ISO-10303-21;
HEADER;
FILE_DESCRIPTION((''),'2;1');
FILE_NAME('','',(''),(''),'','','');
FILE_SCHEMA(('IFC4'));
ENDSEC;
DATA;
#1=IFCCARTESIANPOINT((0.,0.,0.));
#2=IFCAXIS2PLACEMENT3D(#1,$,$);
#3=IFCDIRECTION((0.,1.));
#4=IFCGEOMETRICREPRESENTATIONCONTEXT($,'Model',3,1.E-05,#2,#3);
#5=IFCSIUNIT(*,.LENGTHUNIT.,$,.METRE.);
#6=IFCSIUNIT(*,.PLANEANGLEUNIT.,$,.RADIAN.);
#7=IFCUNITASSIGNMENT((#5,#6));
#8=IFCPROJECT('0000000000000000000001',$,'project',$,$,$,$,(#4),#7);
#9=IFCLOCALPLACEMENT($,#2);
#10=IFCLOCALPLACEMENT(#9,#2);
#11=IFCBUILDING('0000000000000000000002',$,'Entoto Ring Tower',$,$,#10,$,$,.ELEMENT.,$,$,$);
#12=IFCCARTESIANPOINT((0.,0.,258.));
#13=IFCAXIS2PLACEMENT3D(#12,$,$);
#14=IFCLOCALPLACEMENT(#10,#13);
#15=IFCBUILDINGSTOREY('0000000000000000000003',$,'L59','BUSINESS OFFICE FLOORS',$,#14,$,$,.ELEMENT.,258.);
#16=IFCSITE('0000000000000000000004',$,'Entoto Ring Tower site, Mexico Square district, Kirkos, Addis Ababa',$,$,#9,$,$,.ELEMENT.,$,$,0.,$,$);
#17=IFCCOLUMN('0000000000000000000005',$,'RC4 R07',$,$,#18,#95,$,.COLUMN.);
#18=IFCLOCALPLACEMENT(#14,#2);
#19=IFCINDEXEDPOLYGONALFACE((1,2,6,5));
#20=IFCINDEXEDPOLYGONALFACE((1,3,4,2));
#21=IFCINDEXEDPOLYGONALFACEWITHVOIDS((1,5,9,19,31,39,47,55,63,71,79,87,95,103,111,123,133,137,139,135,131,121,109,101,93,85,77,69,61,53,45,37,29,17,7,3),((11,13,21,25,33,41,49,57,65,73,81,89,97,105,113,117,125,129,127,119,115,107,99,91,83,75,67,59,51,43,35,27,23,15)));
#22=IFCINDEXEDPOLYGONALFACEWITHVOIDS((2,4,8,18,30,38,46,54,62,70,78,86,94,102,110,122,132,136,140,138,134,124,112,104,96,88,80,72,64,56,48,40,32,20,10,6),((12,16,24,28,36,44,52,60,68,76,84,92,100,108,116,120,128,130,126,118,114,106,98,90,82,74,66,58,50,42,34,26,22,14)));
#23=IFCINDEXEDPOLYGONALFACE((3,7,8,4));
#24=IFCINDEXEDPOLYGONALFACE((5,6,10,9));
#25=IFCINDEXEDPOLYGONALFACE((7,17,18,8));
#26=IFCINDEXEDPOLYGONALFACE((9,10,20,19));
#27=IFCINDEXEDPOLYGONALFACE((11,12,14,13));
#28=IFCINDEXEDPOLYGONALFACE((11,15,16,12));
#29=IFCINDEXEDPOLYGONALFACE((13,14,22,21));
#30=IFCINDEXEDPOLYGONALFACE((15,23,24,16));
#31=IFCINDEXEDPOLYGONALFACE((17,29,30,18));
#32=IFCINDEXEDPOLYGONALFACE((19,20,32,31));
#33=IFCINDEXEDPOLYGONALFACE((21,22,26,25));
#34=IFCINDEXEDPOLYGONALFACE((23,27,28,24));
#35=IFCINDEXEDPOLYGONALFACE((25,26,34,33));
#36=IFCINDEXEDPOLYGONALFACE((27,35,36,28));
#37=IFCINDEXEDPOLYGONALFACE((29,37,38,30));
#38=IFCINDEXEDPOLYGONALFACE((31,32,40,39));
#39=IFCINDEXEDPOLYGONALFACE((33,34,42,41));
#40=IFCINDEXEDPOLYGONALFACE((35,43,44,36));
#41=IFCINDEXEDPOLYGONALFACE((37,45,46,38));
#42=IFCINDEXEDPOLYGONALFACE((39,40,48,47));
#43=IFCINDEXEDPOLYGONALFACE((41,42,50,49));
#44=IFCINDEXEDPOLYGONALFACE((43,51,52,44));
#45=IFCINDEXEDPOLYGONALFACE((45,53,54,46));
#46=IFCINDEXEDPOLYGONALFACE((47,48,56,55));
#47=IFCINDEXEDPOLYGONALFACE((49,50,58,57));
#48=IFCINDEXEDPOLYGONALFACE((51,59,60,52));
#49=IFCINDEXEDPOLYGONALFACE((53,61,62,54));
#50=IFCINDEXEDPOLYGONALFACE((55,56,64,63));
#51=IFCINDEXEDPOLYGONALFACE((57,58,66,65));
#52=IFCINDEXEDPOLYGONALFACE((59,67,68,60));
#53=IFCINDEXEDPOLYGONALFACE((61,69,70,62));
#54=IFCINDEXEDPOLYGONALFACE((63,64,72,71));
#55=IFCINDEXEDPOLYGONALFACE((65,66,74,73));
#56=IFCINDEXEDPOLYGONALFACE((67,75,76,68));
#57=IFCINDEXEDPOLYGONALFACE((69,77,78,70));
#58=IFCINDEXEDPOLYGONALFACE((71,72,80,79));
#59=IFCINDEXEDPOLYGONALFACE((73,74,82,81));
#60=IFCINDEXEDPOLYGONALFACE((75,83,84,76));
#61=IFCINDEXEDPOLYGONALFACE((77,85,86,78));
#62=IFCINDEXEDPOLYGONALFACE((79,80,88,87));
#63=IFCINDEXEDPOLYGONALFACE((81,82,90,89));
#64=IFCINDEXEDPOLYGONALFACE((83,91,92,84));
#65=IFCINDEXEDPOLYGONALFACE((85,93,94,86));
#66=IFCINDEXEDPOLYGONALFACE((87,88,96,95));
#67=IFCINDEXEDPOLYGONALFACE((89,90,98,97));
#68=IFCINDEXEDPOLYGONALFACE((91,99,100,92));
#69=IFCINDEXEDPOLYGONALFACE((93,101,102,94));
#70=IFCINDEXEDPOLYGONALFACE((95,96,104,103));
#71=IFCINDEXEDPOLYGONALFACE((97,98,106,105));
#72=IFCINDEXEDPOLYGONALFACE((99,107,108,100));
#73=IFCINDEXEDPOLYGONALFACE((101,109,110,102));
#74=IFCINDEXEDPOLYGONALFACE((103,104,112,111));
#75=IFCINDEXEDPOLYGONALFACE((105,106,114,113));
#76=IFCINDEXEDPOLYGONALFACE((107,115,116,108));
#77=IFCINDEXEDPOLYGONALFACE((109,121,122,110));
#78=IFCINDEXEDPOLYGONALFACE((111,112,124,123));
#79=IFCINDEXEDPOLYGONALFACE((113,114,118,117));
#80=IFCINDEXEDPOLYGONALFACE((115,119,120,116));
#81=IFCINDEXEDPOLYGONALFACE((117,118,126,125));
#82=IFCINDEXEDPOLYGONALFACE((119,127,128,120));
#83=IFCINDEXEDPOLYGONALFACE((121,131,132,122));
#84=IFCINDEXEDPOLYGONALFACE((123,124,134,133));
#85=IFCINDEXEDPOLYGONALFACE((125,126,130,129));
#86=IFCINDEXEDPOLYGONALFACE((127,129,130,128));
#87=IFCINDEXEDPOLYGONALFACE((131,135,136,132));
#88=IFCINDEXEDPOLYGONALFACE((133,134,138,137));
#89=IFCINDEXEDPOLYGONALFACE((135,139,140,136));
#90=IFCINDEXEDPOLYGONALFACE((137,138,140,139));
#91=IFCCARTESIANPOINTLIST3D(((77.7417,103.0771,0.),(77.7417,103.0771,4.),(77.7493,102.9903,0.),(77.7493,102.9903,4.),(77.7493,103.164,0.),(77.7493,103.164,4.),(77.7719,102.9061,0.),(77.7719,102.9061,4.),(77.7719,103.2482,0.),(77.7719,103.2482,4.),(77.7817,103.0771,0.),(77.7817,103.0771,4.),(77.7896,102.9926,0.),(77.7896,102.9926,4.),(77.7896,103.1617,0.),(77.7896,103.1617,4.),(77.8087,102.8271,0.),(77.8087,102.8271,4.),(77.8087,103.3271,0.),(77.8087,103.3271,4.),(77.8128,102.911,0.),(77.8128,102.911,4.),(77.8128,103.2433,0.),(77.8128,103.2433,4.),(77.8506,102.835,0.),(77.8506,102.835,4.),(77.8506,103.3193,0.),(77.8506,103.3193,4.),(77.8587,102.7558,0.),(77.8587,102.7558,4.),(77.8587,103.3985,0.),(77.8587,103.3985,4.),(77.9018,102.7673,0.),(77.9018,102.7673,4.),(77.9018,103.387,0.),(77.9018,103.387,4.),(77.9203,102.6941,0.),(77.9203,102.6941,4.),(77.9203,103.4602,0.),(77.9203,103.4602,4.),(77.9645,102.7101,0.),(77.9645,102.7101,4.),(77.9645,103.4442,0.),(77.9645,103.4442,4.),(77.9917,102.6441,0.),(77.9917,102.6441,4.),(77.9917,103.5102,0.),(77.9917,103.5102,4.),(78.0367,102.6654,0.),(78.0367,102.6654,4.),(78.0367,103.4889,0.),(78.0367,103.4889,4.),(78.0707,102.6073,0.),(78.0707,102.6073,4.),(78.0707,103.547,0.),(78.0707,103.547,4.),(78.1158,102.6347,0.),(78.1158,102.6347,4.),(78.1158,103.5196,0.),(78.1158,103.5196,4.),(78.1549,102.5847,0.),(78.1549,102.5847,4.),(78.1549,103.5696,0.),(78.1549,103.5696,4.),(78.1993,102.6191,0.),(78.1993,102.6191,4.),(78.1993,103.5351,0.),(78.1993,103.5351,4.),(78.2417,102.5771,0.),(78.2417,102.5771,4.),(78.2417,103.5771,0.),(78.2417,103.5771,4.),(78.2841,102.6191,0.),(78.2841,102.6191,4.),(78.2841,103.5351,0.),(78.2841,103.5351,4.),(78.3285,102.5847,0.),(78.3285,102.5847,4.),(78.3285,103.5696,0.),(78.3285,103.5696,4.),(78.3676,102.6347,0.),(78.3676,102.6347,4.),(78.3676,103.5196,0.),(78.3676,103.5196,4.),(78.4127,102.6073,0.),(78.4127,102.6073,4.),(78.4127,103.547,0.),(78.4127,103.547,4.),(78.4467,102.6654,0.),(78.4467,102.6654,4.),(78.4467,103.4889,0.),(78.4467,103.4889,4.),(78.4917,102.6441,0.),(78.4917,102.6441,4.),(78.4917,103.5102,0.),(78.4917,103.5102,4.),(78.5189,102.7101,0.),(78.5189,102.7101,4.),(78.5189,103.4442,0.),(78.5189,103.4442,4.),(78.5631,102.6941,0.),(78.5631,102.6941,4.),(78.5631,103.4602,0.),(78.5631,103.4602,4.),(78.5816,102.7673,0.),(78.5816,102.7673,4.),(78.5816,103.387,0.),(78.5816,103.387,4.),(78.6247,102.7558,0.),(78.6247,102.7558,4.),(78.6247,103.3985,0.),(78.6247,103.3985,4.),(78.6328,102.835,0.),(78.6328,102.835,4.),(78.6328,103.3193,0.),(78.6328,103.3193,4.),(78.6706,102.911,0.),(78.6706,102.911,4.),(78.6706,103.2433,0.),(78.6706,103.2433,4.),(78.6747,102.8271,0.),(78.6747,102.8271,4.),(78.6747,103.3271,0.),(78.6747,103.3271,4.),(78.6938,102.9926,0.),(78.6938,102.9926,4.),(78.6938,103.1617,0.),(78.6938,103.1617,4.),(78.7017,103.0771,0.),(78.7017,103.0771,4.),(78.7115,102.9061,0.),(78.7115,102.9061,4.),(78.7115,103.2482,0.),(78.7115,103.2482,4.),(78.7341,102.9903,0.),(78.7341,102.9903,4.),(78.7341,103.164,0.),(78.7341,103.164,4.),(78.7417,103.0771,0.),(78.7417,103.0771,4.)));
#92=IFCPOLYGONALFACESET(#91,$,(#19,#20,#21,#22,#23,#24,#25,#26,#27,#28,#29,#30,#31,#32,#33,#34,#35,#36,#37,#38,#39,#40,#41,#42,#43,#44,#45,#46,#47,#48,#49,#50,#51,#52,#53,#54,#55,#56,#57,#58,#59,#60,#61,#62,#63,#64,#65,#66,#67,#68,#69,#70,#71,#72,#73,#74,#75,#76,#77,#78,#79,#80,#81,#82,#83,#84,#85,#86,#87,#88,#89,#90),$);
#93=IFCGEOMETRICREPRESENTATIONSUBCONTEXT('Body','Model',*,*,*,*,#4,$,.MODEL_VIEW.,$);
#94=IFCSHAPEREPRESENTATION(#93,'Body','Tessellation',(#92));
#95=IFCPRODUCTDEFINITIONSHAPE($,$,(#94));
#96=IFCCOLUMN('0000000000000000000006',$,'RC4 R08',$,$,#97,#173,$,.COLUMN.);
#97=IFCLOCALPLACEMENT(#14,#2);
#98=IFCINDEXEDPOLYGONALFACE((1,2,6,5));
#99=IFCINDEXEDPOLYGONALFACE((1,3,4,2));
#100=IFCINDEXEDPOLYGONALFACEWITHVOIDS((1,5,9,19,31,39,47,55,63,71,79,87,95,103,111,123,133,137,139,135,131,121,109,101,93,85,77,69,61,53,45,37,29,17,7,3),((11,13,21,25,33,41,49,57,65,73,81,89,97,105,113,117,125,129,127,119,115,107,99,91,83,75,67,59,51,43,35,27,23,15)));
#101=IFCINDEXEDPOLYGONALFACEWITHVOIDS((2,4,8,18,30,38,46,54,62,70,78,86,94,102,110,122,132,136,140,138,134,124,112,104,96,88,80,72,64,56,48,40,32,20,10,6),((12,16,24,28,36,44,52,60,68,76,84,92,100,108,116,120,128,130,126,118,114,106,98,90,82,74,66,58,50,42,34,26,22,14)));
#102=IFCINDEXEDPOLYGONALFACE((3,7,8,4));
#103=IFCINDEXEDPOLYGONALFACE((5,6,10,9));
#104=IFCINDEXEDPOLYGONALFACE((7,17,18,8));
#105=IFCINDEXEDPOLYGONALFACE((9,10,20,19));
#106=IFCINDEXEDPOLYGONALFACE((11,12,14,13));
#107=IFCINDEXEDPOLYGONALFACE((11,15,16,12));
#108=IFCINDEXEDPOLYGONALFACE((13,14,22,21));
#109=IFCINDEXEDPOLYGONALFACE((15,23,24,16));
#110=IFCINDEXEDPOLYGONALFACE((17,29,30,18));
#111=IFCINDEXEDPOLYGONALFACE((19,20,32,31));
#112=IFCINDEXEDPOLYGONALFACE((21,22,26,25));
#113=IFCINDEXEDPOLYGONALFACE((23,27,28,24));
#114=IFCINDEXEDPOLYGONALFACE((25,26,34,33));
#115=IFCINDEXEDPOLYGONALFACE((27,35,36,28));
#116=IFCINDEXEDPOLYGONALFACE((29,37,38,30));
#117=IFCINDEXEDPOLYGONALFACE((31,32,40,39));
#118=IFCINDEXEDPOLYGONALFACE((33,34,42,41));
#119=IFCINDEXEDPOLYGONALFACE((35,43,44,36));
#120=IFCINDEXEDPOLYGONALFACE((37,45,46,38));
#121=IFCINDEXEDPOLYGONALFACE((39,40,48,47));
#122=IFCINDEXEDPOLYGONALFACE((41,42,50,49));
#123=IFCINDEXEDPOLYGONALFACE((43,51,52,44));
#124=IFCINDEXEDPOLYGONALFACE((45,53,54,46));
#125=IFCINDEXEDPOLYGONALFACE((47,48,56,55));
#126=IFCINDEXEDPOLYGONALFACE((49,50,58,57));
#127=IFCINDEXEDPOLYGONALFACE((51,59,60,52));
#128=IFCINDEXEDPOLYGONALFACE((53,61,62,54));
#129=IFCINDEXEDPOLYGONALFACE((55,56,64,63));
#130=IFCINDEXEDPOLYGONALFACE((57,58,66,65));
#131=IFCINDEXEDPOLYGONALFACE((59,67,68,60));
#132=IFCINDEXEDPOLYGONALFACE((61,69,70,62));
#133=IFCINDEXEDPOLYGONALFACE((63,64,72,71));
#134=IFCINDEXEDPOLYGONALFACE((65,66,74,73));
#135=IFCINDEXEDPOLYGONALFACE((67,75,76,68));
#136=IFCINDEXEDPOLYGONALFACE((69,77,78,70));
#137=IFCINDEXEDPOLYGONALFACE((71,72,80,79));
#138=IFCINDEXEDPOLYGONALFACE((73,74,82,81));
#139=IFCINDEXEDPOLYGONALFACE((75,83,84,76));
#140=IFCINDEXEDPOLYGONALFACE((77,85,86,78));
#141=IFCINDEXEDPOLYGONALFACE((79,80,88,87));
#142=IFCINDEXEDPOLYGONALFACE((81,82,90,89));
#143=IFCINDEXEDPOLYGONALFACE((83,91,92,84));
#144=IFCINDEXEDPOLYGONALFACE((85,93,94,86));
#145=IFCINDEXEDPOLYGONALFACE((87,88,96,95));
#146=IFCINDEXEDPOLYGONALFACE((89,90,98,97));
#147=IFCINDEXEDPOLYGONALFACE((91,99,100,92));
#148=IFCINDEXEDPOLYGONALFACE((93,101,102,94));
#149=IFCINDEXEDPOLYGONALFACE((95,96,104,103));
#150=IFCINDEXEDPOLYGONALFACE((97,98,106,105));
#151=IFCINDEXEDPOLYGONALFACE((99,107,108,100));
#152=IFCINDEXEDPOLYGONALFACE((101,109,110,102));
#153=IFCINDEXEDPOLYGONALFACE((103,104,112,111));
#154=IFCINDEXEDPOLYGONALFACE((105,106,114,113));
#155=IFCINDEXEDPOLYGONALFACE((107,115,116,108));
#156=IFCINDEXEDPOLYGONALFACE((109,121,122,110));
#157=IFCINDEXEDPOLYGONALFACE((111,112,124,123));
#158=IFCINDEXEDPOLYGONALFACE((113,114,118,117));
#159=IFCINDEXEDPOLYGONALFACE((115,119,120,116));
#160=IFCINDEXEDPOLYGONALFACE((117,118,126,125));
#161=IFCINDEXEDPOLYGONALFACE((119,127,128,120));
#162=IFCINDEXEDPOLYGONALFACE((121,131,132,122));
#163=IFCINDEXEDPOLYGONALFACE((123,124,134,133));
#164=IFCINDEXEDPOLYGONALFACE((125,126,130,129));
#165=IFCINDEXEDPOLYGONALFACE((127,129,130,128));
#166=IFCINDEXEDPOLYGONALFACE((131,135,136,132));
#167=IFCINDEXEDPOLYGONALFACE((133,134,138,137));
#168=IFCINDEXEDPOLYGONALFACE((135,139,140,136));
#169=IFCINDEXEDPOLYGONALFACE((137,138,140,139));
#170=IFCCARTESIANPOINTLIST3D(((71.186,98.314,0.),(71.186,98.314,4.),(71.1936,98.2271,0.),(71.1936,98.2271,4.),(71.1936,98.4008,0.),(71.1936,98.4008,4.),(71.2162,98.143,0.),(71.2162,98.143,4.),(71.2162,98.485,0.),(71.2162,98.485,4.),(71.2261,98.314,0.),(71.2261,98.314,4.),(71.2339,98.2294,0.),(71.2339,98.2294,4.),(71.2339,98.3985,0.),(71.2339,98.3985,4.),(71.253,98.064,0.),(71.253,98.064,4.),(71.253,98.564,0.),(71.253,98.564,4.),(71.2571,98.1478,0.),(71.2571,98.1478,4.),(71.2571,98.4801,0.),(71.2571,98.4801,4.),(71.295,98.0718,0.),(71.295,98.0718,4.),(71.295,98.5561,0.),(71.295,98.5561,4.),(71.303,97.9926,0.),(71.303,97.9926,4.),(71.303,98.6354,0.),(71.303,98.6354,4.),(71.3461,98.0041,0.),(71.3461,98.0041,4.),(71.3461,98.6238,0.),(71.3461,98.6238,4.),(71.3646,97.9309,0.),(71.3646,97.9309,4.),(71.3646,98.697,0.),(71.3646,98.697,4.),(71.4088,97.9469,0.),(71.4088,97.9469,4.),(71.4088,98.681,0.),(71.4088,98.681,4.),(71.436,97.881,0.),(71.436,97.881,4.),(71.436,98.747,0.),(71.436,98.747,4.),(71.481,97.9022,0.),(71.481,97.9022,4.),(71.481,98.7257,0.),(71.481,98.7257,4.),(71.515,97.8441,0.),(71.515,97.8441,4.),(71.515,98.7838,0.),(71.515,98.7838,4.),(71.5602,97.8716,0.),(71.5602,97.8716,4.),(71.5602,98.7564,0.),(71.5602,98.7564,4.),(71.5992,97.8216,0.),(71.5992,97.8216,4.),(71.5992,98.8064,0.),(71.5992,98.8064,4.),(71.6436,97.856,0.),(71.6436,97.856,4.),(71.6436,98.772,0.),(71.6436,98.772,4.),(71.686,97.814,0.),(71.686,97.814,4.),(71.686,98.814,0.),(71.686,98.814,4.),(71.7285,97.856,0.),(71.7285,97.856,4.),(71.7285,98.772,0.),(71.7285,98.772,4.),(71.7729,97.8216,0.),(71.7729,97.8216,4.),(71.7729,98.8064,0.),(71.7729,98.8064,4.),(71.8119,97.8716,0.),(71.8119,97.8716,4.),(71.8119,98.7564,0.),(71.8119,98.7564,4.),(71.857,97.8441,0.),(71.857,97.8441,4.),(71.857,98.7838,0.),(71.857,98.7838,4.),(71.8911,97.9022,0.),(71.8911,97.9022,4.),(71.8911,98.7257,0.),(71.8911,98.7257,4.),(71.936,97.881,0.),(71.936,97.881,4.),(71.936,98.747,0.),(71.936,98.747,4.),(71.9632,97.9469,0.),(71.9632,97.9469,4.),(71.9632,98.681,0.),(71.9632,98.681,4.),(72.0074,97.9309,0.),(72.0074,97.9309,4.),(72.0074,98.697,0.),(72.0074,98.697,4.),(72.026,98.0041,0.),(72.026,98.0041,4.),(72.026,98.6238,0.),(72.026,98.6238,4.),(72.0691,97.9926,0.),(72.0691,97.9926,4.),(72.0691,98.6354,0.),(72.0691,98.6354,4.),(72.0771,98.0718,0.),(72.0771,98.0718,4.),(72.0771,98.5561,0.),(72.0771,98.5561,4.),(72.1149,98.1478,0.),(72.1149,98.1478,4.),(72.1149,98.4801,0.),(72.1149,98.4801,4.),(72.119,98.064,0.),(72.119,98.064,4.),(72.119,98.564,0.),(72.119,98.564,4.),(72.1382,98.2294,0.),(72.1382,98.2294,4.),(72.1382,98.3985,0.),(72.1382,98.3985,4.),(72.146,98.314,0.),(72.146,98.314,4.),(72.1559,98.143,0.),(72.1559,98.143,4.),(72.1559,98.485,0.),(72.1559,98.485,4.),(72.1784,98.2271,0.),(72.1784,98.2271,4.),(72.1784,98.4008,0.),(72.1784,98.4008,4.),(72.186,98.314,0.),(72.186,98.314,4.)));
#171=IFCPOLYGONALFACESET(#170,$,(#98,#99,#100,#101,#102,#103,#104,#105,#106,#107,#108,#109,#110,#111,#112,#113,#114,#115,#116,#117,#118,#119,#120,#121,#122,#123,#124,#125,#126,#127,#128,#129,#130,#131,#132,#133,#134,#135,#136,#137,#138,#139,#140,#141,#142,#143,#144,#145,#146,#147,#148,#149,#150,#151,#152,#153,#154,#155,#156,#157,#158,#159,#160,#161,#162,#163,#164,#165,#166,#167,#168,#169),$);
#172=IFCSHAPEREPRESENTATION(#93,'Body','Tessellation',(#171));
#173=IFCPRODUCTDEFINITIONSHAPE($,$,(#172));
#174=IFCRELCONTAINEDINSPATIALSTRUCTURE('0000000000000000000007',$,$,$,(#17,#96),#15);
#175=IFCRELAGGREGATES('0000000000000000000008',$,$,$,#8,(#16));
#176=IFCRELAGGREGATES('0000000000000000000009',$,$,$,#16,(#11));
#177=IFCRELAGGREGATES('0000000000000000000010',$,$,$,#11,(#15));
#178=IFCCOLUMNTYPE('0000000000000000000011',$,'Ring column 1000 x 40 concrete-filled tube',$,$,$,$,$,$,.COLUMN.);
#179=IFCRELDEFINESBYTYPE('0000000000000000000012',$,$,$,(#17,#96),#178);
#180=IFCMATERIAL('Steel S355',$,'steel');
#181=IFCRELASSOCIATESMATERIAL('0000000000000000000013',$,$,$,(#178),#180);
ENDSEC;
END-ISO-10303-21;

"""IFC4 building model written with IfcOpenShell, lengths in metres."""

from ifc_helpers import new_model, si_unit, direction, frame, origin, origin_2d, place, context, subcontext, project, spatial, circle, hollow_circle, extrude, material, material_profile, profile_set, type_object, element, save


model = new_model("IFC4")

# Units and contexts
model_context = context("Model", 3, precision=1e-05, world=origin(), true_north=direction((0.0, 1.0)))
body_context = subcontext(model_context, "Body", "Model", "MODEL_VIEW")
ifc_project = project(units=[si_unit("LENGTHUNIT", "METRE"), si_unit("PLANEANGLEUNIT", "RADIAN")], contexts=[model_context])

# Site, building, storey
site_placement = place(None, origin())
site = spatial("IfcSite", under=ifc_project, at=site_placement, Name="Entoto Ring Tower site, Mexico Square district, Kirkos, Addis Ababa", CompositionType="ELEMENT", RefElevation=0.0)
building_placement = place(site_placement, origin())
building = spatial("IfcBuilding", under=site, at=building_placement, Name="Entoto Ring Tower", CompositionType="ELEMENT")
storey_placement = place(building_placement, frame((0.0, 0.0, 258.0)))
storey = spatial("IfcBuildingStorey", under=building, at=storey_placement, Name="L59", Description="BUSINESS OFFICE FLOORS", CompositionType="ELEMENT", Elevation=258.0)

# Columns
ifc_material_1 = material(Name="Steel S355", Category="steel")
ifc_material_profile_1 = material_profile(ifc_material_1, hollow_circle(Radius=0.5, WallThickness=0.04, at=origin_2d()), Name="CHS 1000 x 40")
ifc_material_2 = material(Name="Concrete C60/75", Category="concrete")
ifc_material_profile_2 = material_profile(ifc_material_2, circle(Radius=0.46, at=origin_2d()), Name="Concrete C60/75 infill")
ifc_profile_set_1 = profile_set([ifc_material_profile_1, ifc_material_profile_2], Name="Steel S355")
column_type = type_object("IfcColumnType", Name="Ring column 1000 x 40 concrete-filled tube", PredefinedType="COLUMN", material=ifc_profile_set_1)
for number, where, z_axis, x_axis, name in (
    (1, (78.2417, 103.0771, 0.0), (0.0, 0.0, 1.0), (1.0, 0.0, 0.0), "RC4 R07"),
    (2, (71.686, 98.314, 0.0), (0.0, 0.0, 1.0), (1.0, 0.0, 0.0), "RC4 R08"),
):
    element("IfcColumn", number, at=place(storey_placement, frame(where, z_axis=z_axis, x_axis=x_axis)), inside=storey, type_object=column_type, Name=name, PredefinedType="COLUMN", context=body_context, shape_type="SweptSolid", body=[
        extrude(hollow_circle(Radius=0.5, WallThickness=0.04, at=origin_2d()), origin(), (0.0, 0.0, 1.0), 4.0),
    ])

save(model, "model.ifc")
